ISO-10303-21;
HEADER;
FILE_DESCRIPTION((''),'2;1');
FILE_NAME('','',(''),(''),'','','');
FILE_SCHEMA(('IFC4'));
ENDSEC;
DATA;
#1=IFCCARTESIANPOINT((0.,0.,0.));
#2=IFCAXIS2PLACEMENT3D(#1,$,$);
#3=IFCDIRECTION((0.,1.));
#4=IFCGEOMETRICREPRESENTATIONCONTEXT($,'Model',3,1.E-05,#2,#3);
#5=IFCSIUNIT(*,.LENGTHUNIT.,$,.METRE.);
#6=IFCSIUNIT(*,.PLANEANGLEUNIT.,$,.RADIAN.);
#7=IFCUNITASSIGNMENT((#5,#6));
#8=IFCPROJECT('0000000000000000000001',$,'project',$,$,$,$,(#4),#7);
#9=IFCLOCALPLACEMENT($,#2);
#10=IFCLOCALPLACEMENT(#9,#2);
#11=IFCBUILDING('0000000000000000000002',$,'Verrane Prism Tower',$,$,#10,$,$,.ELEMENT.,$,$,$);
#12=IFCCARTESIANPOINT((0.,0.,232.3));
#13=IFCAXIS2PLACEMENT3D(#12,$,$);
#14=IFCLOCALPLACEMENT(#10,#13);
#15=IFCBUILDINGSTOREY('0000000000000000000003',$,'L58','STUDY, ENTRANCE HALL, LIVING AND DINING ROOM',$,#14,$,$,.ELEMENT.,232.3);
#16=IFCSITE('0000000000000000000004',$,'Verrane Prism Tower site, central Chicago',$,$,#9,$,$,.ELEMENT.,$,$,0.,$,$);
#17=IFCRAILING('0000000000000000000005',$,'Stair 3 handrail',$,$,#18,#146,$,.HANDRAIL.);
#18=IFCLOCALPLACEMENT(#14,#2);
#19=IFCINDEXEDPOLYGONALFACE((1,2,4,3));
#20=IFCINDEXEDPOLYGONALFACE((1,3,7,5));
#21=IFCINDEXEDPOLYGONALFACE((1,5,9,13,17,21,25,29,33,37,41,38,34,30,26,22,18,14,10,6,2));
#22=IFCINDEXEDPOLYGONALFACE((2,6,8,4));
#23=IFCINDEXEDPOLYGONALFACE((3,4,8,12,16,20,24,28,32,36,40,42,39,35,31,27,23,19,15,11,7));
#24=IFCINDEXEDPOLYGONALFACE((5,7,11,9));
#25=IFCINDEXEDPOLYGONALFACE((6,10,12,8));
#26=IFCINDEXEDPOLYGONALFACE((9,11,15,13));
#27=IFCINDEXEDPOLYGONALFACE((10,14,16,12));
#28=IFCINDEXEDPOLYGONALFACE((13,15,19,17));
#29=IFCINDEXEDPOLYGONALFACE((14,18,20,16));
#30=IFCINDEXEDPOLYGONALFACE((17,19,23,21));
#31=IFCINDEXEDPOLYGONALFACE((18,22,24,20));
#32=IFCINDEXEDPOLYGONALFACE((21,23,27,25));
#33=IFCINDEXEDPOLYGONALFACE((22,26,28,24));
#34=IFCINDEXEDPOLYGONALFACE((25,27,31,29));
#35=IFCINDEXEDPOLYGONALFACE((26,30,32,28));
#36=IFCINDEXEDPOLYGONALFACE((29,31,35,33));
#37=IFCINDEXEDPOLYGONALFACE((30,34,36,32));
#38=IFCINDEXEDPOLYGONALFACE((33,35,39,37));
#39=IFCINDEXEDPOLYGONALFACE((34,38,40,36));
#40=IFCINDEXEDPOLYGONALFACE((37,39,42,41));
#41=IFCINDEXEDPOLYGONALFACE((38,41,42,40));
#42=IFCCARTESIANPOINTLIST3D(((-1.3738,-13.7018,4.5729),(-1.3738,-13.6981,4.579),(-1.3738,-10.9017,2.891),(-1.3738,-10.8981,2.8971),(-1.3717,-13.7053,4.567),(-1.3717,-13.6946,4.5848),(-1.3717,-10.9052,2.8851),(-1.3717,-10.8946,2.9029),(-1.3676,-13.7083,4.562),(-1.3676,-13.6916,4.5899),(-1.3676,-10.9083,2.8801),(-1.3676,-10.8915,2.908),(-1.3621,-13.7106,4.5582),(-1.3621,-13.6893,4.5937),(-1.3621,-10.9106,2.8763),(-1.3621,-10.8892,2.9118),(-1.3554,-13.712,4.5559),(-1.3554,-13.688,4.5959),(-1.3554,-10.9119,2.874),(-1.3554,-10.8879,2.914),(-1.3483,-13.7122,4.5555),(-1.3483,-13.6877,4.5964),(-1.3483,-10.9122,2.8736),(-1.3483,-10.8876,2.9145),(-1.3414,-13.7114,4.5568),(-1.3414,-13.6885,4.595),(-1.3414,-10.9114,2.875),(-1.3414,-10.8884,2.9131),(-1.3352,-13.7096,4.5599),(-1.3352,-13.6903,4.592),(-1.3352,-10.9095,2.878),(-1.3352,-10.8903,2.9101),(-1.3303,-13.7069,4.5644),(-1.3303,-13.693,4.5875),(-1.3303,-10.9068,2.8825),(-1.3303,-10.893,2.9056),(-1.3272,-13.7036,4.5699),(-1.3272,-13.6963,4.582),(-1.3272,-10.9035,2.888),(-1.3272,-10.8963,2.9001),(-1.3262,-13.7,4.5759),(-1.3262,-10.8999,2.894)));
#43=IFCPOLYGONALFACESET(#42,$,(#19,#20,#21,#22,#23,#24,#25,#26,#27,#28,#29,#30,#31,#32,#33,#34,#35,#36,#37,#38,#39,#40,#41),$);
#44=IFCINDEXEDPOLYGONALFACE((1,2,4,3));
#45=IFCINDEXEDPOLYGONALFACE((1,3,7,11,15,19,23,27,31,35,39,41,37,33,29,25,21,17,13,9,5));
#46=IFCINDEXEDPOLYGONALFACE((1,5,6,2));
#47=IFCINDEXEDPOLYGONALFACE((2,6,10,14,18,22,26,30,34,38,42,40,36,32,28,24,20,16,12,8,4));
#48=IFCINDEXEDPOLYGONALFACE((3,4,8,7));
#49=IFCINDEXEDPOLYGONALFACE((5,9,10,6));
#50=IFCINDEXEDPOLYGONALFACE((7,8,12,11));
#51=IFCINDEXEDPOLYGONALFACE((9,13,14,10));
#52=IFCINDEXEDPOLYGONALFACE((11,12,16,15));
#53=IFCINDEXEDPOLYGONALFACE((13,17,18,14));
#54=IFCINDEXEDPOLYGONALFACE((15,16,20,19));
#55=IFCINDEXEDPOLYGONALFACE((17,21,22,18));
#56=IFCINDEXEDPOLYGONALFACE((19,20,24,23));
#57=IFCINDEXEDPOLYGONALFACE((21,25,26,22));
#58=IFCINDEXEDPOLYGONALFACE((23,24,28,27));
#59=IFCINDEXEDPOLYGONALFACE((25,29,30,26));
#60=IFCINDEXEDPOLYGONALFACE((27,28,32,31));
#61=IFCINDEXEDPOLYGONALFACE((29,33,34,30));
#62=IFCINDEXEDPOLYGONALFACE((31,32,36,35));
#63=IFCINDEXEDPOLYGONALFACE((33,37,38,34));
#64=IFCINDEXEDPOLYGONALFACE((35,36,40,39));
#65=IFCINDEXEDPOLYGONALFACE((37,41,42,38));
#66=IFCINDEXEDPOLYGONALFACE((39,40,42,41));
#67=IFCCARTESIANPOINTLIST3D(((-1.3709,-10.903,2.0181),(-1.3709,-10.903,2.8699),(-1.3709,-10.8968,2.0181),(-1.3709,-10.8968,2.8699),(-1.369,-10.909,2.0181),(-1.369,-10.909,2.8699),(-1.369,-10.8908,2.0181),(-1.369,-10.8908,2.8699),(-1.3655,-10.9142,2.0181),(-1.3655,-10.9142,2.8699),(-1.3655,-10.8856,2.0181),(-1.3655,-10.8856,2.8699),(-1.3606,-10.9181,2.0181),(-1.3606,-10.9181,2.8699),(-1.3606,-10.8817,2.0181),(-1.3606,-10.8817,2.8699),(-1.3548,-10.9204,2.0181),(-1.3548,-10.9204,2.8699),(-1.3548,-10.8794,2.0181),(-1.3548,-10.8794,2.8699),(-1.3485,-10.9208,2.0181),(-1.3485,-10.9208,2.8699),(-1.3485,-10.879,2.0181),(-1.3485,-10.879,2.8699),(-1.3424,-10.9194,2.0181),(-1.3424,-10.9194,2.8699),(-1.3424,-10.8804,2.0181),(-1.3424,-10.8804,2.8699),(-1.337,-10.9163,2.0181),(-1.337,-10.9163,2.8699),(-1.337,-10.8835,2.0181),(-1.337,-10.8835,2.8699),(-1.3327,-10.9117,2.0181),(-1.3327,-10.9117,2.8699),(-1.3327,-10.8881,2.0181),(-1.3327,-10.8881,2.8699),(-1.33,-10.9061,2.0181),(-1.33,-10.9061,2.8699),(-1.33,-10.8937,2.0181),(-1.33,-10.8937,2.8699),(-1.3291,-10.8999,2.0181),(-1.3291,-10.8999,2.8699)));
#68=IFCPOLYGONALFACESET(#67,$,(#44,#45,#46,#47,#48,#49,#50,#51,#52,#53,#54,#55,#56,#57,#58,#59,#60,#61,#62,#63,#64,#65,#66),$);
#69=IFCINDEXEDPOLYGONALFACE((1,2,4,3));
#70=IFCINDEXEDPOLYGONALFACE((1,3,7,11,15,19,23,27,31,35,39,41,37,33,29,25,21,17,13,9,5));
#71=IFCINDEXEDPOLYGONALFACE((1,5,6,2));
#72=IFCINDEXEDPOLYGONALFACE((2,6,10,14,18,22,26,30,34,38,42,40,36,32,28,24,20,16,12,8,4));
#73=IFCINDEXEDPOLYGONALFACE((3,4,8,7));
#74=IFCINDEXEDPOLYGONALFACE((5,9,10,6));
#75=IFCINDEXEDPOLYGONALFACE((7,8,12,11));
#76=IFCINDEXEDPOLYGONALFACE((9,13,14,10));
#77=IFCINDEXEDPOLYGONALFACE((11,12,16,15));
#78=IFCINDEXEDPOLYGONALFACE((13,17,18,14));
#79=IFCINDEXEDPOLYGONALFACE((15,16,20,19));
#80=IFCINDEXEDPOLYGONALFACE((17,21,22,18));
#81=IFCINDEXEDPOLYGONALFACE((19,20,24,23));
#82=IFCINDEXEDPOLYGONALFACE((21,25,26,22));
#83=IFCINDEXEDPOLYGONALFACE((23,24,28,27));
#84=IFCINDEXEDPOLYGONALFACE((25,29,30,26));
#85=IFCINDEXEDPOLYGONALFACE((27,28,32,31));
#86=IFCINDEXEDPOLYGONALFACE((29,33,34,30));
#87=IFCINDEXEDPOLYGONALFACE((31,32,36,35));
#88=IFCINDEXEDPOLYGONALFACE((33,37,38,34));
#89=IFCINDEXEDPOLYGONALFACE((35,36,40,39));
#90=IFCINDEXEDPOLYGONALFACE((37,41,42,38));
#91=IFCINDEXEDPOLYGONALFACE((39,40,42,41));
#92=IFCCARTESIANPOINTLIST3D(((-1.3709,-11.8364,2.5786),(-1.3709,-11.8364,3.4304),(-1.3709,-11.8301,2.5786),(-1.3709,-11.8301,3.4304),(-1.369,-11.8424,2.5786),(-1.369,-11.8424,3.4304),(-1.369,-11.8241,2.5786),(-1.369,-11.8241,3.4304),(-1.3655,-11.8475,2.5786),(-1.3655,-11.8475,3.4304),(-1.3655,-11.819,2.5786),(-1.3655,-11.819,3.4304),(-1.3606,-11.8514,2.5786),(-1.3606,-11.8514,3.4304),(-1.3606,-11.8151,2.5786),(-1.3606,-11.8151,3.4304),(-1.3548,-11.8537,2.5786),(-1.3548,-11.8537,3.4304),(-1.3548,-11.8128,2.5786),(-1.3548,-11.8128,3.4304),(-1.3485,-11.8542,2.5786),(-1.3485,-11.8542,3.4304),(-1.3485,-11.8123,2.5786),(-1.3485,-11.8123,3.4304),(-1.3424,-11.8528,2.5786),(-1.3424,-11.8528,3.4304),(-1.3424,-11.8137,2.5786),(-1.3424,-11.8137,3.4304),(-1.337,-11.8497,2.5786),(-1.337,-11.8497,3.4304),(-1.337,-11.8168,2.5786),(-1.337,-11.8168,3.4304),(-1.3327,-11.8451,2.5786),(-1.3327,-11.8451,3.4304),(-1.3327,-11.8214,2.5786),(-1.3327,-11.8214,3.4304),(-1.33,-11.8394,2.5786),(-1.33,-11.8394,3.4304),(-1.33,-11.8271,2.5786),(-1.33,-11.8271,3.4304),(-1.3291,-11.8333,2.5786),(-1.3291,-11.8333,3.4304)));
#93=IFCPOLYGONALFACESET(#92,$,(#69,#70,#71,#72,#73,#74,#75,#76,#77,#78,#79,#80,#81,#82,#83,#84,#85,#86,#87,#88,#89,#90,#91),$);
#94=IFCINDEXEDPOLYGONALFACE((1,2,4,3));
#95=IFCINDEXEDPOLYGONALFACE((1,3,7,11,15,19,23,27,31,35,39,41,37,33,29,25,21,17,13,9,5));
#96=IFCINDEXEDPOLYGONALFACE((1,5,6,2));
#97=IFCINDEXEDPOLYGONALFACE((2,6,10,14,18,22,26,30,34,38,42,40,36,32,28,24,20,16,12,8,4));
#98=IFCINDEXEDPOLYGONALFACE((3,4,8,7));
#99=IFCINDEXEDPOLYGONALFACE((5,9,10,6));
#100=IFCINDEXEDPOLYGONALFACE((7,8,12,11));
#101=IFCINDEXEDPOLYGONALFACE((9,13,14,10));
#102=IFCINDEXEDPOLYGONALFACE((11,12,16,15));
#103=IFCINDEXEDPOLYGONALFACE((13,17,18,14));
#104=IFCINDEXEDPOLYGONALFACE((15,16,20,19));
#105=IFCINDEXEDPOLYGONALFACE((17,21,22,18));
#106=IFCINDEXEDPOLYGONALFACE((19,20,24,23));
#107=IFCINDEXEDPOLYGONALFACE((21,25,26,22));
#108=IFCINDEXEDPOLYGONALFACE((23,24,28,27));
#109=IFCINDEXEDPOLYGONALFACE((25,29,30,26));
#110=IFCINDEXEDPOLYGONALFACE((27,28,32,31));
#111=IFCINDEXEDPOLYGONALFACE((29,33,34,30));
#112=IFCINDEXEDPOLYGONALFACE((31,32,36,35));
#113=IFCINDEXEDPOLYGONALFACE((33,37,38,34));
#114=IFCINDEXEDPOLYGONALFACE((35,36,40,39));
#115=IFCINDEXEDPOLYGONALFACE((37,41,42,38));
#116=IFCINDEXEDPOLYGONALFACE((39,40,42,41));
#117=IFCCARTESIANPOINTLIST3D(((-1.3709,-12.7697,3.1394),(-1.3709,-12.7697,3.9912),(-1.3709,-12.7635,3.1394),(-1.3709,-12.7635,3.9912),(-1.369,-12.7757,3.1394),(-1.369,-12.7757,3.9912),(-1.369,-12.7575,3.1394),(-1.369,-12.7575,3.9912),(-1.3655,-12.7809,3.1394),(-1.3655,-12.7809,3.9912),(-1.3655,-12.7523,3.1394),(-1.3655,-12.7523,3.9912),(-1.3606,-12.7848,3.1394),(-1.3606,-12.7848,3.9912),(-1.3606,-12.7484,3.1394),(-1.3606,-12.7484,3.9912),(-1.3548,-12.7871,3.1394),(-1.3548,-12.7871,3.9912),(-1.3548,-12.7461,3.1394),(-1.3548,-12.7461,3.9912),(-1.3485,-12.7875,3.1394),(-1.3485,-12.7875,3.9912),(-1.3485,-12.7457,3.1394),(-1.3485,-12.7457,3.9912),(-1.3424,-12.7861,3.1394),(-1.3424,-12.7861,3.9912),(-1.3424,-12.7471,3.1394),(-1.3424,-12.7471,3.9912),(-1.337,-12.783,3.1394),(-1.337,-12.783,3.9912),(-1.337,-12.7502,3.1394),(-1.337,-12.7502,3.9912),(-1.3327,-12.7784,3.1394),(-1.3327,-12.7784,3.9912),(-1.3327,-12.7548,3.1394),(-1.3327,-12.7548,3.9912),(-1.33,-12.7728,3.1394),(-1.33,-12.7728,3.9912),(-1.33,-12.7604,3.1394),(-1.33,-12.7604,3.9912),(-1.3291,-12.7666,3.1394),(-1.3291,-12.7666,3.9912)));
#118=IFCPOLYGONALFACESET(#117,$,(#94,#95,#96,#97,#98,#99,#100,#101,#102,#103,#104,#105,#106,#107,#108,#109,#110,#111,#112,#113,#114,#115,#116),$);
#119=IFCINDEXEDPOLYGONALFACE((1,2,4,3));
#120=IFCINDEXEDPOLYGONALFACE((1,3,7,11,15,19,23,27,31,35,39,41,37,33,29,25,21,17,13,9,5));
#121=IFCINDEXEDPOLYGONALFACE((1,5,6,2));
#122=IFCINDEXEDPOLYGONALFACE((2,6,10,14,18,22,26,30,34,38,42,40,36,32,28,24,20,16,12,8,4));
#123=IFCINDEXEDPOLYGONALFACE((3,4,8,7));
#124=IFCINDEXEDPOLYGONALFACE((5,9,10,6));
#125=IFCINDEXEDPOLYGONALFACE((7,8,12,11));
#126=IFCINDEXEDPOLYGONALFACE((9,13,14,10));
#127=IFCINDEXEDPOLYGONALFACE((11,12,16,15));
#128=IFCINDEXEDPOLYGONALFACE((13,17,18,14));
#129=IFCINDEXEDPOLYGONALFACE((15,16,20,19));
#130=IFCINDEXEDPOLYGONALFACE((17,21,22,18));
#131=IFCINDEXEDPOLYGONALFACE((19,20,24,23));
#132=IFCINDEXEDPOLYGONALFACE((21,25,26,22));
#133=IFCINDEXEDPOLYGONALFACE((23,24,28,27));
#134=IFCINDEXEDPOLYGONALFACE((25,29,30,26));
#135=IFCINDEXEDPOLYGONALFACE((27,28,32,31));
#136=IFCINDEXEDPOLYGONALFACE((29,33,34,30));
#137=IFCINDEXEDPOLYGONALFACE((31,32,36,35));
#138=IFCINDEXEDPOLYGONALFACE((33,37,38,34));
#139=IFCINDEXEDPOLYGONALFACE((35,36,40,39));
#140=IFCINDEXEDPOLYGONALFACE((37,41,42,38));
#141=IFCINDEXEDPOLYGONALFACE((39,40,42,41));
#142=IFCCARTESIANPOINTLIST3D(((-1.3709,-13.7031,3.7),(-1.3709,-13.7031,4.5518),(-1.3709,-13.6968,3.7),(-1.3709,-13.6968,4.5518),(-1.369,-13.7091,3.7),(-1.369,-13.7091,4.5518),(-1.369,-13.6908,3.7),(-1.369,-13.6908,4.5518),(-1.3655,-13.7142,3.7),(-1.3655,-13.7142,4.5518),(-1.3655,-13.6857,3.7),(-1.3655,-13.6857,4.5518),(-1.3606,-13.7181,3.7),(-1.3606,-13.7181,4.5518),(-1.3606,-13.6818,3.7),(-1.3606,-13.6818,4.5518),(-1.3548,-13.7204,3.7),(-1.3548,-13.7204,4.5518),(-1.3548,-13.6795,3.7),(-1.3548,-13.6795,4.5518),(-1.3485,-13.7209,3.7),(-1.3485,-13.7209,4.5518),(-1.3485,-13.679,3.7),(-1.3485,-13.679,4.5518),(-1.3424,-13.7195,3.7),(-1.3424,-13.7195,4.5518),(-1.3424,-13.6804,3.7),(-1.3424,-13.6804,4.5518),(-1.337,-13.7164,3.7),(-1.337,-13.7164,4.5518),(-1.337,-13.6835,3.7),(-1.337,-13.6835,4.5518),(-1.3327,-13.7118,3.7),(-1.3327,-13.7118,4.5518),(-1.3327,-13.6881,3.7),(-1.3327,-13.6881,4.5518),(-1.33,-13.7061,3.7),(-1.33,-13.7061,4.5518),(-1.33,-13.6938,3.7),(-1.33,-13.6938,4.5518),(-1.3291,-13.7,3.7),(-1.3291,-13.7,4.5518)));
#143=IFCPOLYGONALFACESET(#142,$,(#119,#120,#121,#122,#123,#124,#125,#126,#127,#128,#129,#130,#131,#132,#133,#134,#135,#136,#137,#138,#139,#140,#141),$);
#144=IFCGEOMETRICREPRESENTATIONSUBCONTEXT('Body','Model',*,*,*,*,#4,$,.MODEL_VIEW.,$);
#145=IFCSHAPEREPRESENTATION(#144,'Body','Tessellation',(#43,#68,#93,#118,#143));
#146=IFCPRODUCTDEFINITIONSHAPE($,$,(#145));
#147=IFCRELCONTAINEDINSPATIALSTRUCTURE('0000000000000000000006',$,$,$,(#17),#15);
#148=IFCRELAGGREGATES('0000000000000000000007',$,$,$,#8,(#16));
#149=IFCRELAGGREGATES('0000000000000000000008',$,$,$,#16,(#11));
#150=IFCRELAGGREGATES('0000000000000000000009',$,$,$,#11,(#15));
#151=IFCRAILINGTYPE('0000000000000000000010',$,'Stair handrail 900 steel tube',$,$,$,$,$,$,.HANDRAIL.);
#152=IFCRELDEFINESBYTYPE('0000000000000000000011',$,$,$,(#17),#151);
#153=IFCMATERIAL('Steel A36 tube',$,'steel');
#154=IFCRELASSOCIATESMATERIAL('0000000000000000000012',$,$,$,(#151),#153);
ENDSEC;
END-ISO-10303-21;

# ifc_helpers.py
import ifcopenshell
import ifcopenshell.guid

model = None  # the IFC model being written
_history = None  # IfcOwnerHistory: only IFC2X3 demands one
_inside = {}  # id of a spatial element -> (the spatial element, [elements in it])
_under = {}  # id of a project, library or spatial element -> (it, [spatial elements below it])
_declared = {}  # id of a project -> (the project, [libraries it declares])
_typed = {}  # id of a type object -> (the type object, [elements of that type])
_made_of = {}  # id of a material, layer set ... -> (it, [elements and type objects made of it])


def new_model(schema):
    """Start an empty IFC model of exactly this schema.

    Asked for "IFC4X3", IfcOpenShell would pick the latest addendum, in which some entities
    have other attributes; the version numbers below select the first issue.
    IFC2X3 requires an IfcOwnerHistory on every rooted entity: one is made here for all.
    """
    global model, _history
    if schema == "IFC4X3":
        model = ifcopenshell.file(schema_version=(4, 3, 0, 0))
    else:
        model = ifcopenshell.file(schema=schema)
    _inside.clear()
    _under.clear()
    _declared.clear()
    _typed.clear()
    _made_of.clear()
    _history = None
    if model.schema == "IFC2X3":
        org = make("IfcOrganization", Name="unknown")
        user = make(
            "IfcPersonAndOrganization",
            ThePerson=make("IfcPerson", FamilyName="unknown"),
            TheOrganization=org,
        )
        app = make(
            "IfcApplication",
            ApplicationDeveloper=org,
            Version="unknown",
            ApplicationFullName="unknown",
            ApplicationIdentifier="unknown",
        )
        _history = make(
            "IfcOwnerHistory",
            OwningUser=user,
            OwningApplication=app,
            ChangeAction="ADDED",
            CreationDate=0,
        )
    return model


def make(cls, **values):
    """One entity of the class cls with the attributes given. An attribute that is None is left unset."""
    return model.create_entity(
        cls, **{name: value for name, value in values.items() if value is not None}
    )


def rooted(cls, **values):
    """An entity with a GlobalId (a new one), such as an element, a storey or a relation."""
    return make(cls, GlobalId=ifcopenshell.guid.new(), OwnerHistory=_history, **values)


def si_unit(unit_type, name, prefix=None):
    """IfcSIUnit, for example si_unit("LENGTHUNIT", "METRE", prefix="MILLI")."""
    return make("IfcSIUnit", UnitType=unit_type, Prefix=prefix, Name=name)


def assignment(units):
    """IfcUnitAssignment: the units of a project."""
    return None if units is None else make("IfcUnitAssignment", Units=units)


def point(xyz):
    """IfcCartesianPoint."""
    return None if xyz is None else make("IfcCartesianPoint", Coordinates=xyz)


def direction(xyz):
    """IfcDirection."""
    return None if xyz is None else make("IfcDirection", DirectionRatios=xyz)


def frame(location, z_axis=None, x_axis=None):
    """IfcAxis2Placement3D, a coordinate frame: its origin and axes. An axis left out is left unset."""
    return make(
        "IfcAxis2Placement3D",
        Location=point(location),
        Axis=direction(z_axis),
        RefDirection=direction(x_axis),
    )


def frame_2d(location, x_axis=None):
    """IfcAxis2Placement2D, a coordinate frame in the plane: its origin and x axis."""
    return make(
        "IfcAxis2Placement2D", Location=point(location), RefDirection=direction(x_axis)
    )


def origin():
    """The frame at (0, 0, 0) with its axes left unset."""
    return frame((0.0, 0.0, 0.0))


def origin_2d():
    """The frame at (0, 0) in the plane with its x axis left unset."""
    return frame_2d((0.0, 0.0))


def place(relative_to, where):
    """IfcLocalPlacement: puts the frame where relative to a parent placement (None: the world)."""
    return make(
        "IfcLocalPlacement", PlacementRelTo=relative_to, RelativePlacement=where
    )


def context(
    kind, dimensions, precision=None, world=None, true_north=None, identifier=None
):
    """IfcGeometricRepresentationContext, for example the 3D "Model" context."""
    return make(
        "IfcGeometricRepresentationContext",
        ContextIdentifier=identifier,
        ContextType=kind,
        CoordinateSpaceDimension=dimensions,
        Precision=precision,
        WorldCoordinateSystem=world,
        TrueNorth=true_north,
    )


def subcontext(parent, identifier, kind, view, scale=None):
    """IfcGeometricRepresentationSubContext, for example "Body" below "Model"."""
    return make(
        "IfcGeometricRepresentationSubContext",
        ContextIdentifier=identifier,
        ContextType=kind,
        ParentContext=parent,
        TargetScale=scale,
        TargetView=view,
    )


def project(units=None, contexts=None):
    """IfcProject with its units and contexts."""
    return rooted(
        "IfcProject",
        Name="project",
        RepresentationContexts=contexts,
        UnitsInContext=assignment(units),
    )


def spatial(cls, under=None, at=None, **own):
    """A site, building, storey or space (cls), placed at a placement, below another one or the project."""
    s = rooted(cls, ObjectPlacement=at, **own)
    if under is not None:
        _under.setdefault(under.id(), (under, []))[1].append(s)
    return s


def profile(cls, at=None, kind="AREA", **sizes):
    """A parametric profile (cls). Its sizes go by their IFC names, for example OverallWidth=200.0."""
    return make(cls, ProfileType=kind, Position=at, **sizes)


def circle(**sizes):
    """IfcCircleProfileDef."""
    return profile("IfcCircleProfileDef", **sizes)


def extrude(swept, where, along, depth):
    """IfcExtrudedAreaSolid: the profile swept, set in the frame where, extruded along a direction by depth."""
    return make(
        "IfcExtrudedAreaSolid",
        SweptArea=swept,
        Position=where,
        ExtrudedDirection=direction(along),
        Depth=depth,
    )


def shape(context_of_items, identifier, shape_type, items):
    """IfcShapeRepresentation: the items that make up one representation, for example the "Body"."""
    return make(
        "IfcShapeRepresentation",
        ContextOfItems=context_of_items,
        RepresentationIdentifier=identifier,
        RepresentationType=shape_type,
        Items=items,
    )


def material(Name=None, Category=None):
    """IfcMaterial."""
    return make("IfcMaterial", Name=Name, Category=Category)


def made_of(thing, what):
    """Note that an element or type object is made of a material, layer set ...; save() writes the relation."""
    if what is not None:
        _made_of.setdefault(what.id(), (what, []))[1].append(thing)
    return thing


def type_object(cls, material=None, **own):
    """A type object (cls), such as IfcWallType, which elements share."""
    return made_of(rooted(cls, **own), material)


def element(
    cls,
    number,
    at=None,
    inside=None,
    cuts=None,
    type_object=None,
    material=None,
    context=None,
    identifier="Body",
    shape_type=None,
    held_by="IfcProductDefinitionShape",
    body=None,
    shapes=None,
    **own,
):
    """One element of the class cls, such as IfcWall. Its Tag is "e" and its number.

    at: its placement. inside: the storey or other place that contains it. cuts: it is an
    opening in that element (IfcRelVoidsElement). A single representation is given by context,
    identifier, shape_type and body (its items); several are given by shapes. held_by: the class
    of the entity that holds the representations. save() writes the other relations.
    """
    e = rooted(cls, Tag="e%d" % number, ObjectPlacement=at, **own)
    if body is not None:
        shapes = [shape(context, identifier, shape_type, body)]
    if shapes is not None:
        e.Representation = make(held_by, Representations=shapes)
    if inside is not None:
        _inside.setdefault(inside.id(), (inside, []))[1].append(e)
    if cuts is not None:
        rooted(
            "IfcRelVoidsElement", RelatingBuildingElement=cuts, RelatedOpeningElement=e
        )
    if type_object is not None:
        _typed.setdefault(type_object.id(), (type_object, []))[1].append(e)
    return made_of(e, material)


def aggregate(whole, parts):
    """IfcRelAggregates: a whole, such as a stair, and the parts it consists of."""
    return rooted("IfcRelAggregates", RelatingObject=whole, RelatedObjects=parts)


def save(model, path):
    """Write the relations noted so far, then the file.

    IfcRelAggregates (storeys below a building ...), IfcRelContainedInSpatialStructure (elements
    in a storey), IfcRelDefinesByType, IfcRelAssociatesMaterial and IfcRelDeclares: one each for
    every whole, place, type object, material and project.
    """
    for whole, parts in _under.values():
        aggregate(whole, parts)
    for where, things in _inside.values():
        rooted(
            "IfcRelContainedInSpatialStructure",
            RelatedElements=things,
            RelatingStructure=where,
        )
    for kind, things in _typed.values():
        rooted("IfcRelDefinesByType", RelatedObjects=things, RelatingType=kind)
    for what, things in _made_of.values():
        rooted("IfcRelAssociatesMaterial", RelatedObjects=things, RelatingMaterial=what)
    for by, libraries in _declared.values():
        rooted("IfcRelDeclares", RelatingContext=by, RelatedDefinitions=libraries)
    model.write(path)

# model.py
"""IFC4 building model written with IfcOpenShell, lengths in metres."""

from ifc_helpers import new_model, si_unit, direction, frame, origin, origin_2d, place, context, subcontext, project, spatial, circle, extrude, material, type_object, element, save


model = new_model("IFC4")

# Units and contexts
model_context = context("Model", 3, precision=1e-05, world=origin(), true_north=direction((0.0, 1.0)))
body_context = subcontext(model_context, "Body", "Model", "MODEL_VIEW")
ifc_project = project(units=[si_unit("LENGTHUNIT", "METRE"), si_unit("PLANEANGLEUNIT", "RADIAN")], contexts=[model_context])

# Site, building, storey
site_placement = place(None, origin())
site = spatial("IfcSite", under=ifc_project, at=site_placement, Name="Verrane Prism Tower site, central Chicago", CompositionType="ELEMENT", RefElevation=0.0)
building_placement = place(site_placement, origin())
building = spatial("IfcBuilding", under=site, at=building_placement, Name="Verrane Prism Tower", CompositionType="ELEMENT")
storey_placement = place(building_placement, frame((0.0, 0.0, 232.3)))
storey = spatial("IfcBuildingStorey", under=building, at=storey_placement, Name="L58", Description="STUDY, ENTRANCE HALL, LIVING AND DINING ROOM", CompositionType="ELEMENT", Elevation=232.3)

# Railing
ifc_material_1 = material(Name="Steel A36 tube", Category="steel")
railing_type = type_object("IfcRailingType", Name="Stair handrail 900 steel tube", PredefinedType="HANDRAIL", material=ifc_material_1)
railing_placement = place(storey_placement, frame((-1.3501, -10.8999, 2.0181)))
element("IfcRailing", 1, at=railing_placement, inside=storey, type_object=railing_type, Name="Stair 3 handrail", PredefinedType="HANDRAIL", context=body_context, shape_type="SweptSolid", body=[
    extrude(circle(Radius=0.0239, at=origin_2d()), frame((0.0, 0.0, 0.876), z_axis=(0.0, -0.857242, 0.514913), x_axis=(1.0, 0.0, 0.0)), (0.0, 0.0, 1.0), 3.2664),
    extrude(circle(Radius=0.021, at=origin_2d()), origin(), (0.0, 0.0, 1.0), 0.8518),
    extrude(circle(Radius=0.021, at=origin_2d()), frame((0.0, -0.9333, 0.5605)), (0.0, 0.0, 1.0), 0.8518),
    extrude(circle(Radius=0.021, at=origin_2d()), frame((0.0, -1.8667, 1.1213)), (0.0, 0.0, 1.0), 0.8518),
    extrude(circle(Radius=0.021, at=origin_2d()), frame((0.0, -2.8, 1.6819)), (0.0, 0.0, 1.0), 0.8518),
])

save(model, "model.ifc")
